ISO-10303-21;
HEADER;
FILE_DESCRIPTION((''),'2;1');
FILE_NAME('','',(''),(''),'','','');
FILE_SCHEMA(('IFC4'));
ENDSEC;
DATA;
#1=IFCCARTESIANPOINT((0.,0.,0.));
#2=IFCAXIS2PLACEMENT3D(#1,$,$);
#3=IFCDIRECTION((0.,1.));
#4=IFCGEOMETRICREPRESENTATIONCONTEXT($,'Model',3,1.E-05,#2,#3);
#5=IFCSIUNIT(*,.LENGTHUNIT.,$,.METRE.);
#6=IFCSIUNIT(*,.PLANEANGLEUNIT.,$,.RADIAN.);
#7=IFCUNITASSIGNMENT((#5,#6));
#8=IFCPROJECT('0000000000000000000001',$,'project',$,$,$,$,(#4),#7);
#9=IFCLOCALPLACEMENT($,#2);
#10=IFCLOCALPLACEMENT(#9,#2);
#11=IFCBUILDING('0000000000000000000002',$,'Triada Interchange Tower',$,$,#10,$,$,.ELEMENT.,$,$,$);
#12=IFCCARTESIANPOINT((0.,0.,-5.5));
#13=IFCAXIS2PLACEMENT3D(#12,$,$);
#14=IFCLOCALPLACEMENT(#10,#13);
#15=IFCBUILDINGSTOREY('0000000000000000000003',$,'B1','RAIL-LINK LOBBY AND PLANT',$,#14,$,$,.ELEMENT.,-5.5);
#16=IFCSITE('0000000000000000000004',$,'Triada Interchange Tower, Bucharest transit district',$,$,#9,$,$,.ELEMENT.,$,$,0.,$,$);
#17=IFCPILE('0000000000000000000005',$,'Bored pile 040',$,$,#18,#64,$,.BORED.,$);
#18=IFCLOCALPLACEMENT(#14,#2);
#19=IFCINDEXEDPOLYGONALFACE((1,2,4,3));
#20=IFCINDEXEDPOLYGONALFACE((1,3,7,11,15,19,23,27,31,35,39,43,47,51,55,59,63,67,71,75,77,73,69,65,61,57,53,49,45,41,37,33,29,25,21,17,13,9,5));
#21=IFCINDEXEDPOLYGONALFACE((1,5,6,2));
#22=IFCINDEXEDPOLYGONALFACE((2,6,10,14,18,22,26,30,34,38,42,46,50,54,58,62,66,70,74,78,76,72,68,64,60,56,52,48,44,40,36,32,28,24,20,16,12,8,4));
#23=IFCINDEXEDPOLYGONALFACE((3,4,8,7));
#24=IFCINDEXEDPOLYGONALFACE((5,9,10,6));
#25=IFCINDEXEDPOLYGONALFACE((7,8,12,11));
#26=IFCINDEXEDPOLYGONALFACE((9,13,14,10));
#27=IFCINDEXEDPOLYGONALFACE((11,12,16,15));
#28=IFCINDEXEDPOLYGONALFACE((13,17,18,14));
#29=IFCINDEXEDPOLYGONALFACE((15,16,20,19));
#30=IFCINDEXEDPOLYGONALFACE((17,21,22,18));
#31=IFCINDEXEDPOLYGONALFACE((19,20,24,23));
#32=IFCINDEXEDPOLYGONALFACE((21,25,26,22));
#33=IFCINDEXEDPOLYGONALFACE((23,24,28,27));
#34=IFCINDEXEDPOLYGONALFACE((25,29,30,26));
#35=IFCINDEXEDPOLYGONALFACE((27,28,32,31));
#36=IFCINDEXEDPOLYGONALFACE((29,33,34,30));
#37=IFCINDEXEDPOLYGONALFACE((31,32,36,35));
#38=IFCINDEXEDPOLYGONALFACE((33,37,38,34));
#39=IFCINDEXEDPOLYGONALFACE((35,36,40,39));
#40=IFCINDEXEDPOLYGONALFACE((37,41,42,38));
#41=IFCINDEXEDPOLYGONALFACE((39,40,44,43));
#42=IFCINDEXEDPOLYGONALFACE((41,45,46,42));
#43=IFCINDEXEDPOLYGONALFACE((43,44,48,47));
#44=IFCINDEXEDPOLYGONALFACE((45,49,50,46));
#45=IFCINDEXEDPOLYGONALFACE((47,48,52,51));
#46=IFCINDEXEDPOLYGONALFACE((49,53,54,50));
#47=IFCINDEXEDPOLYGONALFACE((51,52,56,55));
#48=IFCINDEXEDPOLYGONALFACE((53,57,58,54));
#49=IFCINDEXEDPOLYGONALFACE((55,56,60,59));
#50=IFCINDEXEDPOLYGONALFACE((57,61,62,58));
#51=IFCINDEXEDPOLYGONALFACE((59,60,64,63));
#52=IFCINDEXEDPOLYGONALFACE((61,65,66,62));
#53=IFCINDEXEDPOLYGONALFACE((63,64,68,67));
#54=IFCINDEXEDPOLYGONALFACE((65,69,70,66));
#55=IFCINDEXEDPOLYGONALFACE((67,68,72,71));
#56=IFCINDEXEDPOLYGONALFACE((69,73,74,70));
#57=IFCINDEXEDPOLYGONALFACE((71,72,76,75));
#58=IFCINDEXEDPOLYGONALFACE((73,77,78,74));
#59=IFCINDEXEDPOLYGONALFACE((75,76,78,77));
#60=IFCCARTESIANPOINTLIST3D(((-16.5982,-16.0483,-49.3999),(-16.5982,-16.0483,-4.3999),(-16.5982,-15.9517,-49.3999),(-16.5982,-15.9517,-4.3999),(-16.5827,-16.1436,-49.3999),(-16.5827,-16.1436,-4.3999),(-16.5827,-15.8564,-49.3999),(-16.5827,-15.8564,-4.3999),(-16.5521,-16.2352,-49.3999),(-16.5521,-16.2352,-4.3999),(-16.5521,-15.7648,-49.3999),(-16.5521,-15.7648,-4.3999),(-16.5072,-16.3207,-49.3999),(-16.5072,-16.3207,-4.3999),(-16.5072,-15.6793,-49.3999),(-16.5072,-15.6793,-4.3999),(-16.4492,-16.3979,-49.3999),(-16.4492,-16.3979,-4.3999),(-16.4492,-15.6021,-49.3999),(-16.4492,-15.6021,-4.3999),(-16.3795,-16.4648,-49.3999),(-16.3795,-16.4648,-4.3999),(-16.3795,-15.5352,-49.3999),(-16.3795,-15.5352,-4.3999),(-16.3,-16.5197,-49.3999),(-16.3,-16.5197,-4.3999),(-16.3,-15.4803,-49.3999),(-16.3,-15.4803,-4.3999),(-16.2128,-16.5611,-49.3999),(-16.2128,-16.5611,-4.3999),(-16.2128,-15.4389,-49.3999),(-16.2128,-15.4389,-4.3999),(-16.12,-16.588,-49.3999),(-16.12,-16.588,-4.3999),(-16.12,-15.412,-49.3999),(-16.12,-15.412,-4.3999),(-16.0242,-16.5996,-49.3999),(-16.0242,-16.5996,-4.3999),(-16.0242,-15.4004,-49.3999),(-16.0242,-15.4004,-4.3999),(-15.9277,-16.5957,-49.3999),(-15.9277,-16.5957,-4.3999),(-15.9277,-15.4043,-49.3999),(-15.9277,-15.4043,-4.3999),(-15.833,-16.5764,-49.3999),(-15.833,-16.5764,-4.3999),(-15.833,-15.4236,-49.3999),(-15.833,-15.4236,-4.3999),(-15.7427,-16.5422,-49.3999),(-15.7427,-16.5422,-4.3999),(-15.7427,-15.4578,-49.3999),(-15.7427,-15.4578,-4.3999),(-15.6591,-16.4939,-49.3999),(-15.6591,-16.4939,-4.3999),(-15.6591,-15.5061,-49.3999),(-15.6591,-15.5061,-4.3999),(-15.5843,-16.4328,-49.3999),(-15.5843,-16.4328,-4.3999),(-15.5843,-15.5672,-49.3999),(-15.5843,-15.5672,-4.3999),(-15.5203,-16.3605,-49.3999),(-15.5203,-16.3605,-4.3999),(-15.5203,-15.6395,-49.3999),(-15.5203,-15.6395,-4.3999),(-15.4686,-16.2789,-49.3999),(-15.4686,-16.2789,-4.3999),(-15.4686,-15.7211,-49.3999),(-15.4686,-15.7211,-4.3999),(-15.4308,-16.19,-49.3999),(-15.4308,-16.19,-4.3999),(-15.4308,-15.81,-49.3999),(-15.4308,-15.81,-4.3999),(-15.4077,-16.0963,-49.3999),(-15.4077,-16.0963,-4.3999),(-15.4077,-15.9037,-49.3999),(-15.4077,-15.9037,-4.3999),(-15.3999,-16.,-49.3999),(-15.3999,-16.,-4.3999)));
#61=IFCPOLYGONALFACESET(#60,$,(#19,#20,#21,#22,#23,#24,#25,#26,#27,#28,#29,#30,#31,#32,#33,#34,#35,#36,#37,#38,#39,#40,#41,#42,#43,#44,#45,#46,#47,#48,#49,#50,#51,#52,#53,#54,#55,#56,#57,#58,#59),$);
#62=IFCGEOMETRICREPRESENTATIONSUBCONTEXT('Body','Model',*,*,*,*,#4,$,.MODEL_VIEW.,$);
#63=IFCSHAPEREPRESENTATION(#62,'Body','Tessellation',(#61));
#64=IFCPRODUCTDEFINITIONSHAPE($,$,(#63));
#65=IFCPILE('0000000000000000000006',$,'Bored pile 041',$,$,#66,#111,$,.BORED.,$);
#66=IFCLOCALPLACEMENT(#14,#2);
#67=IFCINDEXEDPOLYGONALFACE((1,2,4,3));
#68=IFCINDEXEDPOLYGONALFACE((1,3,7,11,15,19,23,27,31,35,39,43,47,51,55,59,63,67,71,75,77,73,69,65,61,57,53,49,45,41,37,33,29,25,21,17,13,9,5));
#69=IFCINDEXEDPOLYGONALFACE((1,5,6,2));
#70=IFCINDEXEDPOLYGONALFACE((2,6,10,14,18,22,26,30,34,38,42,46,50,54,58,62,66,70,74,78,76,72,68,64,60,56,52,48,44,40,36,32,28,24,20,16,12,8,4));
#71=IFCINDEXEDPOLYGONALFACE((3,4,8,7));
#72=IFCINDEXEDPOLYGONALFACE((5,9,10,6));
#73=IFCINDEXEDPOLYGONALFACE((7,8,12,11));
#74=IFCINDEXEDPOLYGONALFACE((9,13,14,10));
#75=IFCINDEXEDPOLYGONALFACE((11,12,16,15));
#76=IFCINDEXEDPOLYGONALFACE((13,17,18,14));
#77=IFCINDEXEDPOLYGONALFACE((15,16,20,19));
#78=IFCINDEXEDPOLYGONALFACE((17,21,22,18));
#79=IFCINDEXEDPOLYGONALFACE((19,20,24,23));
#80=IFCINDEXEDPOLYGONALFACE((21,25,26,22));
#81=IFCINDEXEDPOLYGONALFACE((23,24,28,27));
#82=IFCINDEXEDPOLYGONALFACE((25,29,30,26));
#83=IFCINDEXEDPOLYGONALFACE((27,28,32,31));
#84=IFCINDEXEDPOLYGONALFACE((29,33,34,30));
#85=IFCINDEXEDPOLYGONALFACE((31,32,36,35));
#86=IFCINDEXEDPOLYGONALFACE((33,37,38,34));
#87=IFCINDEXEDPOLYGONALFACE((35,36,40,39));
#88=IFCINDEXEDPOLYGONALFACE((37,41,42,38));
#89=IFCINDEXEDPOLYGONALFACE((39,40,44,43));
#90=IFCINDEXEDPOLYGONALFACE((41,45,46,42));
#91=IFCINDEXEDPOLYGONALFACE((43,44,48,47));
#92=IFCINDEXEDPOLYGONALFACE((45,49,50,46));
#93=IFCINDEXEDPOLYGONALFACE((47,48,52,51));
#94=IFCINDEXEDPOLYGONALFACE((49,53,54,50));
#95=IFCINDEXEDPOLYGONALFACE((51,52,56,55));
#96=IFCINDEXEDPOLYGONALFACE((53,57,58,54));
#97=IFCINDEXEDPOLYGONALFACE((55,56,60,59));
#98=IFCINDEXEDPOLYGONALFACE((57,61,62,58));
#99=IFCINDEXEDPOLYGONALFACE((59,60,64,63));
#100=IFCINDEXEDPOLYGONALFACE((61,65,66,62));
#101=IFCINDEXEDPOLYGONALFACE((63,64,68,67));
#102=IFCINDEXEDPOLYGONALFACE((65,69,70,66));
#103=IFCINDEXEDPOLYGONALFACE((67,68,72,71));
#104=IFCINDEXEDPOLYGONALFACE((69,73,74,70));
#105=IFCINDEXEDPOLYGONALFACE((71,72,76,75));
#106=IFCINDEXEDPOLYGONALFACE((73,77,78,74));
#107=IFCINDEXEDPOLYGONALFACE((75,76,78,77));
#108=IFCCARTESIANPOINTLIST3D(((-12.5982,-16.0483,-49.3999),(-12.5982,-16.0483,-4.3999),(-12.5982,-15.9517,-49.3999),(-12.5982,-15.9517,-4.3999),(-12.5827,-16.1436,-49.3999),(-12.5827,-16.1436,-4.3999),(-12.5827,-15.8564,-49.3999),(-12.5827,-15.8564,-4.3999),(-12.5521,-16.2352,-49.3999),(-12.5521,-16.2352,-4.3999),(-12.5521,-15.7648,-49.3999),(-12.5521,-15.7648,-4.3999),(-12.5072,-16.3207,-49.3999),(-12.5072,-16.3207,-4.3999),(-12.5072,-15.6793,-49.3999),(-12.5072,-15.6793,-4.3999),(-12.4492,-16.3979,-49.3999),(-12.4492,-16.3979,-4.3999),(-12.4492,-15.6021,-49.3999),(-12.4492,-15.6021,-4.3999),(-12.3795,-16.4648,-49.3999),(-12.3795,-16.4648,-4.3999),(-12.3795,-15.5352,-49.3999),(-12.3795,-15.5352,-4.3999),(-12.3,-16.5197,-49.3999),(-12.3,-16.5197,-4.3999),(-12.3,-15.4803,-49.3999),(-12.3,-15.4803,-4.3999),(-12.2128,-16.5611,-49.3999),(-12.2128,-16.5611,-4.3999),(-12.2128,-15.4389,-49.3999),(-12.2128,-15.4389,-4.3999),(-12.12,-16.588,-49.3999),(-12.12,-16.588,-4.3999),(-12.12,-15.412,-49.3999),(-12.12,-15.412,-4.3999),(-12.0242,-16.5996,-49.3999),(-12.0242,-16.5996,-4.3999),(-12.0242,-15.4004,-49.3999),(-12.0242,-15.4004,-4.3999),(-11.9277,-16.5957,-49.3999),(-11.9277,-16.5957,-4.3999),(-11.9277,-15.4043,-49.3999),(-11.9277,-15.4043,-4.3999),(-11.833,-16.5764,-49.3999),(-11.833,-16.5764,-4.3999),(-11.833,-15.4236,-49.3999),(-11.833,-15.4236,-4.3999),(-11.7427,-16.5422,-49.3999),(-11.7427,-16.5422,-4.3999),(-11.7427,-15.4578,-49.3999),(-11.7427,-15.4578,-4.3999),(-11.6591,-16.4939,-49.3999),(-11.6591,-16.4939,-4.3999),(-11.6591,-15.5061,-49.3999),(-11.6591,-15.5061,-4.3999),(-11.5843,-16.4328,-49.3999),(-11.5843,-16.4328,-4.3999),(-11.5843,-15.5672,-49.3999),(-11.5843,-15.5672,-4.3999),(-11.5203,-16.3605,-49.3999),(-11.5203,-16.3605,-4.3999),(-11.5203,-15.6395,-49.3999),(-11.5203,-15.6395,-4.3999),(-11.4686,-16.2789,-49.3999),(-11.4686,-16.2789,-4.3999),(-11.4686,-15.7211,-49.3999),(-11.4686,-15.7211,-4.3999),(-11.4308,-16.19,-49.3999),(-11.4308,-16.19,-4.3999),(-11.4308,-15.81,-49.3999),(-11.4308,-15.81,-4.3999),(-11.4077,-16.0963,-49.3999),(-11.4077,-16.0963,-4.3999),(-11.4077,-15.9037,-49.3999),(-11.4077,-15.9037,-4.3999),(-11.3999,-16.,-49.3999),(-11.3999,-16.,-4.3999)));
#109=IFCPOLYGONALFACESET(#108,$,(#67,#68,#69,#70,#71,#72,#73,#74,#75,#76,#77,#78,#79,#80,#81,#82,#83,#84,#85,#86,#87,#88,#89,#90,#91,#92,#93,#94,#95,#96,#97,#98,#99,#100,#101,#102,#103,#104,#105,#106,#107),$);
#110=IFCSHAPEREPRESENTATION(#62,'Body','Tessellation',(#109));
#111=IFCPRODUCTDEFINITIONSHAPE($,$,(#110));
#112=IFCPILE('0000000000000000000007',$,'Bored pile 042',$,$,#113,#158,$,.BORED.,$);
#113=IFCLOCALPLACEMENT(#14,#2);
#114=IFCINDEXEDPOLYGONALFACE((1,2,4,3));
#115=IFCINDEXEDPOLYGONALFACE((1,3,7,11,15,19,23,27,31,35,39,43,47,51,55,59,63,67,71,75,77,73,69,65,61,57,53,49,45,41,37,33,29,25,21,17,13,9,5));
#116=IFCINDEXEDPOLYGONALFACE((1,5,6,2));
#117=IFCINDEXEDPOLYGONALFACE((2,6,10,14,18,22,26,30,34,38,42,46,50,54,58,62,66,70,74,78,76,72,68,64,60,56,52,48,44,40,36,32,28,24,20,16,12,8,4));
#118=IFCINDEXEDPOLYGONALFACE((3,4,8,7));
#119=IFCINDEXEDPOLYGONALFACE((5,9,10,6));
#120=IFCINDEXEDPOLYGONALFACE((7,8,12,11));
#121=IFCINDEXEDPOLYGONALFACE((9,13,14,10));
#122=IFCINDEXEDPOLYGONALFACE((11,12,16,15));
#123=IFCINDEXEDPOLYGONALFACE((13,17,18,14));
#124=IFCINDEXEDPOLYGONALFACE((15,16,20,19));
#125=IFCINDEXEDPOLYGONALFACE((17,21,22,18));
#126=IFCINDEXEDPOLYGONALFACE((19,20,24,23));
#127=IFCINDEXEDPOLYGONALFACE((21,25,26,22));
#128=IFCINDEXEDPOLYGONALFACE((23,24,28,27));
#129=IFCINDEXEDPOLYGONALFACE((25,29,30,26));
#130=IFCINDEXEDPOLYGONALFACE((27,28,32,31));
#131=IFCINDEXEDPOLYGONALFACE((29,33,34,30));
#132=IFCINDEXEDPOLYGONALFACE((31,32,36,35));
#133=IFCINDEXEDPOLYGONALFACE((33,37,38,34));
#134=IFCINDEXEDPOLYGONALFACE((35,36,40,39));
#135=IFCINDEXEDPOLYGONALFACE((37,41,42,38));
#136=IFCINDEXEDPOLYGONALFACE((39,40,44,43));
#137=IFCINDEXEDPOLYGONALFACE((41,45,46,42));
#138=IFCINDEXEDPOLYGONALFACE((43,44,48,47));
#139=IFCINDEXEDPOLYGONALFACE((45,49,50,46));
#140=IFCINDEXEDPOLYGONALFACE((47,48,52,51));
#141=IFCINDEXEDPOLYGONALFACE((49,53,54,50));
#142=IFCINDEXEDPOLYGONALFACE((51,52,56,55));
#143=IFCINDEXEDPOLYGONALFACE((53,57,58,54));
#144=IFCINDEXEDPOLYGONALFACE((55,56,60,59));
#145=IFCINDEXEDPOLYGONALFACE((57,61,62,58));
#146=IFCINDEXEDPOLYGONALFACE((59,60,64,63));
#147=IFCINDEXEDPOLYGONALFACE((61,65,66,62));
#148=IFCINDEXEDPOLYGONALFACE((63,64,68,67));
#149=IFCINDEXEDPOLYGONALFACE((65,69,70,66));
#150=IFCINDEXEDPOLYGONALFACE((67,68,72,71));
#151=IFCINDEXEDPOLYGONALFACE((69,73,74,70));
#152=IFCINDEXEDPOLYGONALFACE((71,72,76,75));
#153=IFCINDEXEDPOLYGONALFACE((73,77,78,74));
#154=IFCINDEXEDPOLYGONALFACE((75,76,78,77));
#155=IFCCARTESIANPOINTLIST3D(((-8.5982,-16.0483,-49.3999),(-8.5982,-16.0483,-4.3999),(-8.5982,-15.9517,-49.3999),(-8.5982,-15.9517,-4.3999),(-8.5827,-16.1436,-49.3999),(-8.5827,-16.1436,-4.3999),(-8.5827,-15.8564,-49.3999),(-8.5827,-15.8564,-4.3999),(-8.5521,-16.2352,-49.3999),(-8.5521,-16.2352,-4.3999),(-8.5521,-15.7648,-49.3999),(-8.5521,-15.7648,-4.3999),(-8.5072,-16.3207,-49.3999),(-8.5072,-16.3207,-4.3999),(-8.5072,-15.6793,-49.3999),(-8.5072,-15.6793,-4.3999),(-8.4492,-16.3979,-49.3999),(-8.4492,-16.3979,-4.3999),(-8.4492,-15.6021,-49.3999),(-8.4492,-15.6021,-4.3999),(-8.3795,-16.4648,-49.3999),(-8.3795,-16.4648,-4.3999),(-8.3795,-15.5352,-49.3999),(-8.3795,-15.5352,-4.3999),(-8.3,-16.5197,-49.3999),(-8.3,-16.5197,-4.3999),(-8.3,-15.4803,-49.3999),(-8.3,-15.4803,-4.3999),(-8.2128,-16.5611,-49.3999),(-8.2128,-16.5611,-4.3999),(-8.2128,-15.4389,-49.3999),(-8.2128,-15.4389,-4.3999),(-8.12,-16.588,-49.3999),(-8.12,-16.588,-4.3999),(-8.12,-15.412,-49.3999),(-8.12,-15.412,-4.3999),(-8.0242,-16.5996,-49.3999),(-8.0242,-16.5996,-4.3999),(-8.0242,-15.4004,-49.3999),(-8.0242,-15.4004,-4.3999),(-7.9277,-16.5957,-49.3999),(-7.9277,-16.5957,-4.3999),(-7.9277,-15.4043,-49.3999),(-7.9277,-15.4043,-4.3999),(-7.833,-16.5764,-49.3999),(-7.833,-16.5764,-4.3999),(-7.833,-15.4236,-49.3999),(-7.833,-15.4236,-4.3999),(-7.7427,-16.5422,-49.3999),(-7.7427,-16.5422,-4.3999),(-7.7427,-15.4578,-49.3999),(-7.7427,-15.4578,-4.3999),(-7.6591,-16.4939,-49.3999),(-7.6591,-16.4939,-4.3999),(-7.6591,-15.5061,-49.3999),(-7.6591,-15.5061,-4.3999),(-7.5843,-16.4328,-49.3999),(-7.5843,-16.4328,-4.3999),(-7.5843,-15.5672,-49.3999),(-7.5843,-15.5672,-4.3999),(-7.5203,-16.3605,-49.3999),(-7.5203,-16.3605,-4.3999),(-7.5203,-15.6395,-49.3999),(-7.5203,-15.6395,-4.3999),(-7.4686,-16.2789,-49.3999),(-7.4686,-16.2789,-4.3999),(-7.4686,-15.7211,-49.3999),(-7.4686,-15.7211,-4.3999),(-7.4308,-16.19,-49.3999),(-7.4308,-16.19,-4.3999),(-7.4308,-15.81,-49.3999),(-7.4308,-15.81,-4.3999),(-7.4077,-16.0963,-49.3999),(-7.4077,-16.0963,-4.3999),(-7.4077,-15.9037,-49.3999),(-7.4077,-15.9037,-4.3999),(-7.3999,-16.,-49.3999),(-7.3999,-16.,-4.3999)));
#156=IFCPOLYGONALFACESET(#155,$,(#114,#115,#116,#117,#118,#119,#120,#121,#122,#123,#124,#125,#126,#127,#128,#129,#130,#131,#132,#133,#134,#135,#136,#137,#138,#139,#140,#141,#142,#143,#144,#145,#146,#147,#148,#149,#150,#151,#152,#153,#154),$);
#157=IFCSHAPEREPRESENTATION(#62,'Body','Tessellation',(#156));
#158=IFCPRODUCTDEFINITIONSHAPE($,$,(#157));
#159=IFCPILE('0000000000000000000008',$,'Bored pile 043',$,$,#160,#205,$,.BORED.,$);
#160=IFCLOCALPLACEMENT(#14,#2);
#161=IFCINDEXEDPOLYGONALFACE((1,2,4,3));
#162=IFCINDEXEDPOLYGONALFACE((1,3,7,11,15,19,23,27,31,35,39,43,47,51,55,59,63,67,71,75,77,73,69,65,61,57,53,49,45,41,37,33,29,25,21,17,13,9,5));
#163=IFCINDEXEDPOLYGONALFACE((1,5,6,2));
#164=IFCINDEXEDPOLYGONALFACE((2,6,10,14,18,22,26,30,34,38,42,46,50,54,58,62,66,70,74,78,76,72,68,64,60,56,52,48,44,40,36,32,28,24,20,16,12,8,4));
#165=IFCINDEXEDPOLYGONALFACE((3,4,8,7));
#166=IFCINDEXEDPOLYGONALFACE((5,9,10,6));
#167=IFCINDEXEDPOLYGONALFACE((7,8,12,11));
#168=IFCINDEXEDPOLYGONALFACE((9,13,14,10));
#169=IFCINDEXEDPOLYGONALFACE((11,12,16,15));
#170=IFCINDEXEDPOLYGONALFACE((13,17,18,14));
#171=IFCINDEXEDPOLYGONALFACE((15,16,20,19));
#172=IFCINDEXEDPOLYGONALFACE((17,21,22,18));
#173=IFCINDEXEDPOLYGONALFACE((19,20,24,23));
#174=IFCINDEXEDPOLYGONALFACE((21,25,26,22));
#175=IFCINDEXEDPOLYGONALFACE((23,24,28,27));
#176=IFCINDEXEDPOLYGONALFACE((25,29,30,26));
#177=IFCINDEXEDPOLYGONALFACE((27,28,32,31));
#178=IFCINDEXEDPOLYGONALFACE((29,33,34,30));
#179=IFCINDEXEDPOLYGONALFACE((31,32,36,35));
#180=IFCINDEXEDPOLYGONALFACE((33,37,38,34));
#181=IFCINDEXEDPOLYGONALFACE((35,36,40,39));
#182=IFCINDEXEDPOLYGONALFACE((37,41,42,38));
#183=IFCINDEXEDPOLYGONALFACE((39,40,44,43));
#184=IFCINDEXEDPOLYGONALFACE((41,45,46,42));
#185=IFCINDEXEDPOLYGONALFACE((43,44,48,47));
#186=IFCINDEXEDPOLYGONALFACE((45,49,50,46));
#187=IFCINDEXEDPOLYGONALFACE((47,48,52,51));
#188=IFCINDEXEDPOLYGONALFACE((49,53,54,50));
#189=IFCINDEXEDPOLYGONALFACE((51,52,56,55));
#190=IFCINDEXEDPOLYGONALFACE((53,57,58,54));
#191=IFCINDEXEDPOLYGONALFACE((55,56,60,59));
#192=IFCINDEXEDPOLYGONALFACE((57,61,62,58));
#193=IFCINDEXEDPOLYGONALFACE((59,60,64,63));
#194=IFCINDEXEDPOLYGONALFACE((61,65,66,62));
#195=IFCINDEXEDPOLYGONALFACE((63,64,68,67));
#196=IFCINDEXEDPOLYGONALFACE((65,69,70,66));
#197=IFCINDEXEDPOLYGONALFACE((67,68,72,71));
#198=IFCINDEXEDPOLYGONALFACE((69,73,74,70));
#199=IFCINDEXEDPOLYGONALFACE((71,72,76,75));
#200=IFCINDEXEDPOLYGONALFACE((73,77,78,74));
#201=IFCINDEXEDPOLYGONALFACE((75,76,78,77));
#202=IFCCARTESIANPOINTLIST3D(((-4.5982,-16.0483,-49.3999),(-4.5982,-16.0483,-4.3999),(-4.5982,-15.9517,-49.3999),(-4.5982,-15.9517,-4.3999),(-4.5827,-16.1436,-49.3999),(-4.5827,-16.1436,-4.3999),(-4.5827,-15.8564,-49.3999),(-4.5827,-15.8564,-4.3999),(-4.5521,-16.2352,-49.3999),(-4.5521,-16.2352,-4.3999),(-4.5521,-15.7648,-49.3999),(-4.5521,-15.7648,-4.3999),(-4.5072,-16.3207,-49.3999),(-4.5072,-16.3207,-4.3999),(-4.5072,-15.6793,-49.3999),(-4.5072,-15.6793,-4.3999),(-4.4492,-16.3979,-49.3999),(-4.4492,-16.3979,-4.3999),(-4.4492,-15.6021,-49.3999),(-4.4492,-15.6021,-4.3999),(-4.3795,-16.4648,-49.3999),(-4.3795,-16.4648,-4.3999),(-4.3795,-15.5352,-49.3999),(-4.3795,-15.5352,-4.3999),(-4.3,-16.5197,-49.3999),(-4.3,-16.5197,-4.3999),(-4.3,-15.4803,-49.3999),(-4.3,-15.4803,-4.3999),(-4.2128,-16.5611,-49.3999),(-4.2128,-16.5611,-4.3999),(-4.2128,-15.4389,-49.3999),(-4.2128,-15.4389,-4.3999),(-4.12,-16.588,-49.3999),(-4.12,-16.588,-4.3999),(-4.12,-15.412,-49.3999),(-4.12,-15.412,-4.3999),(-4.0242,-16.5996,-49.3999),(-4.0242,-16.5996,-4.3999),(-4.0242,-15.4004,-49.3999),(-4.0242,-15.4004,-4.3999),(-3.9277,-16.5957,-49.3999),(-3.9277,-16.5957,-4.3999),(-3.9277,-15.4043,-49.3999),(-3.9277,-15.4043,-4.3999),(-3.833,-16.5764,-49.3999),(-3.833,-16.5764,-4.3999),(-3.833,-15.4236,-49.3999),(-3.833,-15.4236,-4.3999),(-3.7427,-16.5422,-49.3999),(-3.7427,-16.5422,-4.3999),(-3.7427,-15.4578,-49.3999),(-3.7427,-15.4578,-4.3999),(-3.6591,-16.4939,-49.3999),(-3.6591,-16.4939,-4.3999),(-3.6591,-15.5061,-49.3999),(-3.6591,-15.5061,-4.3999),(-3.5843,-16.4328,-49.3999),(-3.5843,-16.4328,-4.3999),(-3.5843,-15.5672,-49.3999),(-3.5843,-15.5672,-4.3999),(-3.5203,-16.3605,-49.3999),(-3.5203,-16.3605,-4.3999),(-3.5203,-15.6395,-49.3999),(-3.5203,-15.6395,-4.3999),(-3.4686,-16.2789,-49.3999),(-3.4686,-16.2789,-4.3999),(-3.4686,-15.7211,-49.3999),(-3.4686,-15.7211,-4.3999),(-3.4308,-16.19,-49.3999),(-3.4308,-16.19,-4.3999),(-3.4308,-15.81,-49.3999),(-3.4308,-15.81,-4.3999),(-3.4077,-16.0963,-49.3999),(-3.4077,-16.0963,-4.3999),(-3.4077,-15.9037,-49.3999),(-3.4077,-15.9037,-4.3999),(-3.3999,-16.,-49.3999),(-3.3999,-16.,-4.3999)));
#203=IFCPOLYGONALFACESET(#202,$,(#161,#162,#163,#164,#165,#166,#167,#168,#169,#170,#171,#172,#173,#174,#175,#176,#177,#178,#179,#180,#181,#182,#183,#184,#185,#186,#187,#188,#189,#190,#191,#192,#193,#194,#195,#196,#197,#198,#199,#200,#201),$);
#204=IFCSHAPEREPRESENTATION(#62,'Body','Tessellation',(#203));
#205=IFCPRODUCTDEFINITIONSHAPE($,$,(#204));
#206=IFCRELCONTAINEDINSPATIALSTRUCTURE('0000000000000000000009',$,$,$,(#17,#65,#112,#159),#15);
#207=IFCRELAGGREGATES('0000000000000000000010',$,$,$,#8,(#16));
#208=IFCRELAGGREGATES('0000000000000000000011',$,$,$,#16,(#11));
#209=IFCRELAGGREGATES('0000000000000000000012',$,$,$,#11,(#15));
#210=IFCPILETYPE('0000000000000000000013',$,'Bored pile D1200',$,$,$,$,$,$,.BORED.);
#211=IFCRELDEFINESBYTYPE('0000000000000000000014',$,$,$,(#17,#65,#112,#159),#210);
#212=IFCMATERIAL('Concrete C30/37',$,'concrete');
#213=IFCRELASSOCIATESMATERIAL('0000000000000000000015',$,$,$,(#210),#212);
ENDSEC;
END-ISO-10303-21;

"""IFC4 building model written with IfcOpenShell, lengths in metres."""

from ifc_helpers import new_model, si_unit, direction, frame, origin, origin_2d, place, context, subcontext, project, spatial, circle, extrude, material, material_profile, profile_set, type_object, element, save


model = new_model("IFC4")

# Units and contexts
model_context = context("Model", 3, precision=1e-05, world=origin(), true_north=direction((0.0, 1.0)))
body_context = subcontext(model_context, "Body", "Model", "MODEL_VIEW")
ifc_project = project(units=[si_unit("LENGTHUNIT", "METRE"), si_unit("PLANEANGLEUNIT", "RADIAN")], contexts=[model_context])

# Site, building, storey
site_placement = place(None, origin())
site = spatial("IfcSite", under=ifc_project, at=site_placement, Name="Triada Interchange Tower, Bucharest transit district", CompositionType="ELEMENT", RefElevation=0.0)
building_placement = place(site_placement, origin())
building = spatial("IfcBuilding", under=site, at=building_placement, Name="Triada Interchange Tower", CompositionType="ELEMENT")
storey_placement = place(building_placement, frame((0.0, 0.0, -5.5)))
storey = spatial("IfcBuildingStorey", under=building, at=storey_placement, Name="B1", Description="RAIL-LINK LOBBY AND PLANT", CompositionType="ELEMENT", Elevation=-5.5)

# Piles
ifc_material_1 = material(Name="Concrete C30/37", Category="concrete")
ifc_material_profile_1 = material_profile(ifc_material_1, circle(Radius=0.6001, at=origin_2d()), Name="RC D1200")
ifc_profile_set_1 = profile_set([ifc_material_profile_1], Name="Concrete C30/37")
pile_type = type_object("IfcPileType", Name="Bored pile D1200", PredefinedType="BORED", material=ifc_profile_set_1)
for number, where, z_axis, x_axis, name in (
    (1, (-16.0, -16.0, -4.3999), (0.0, 0.0, -1.0), (1.0, 0.0, 0.0), "Bored pile 040"),
    (2, (-12.0, -16.0, -4.3999), (0.0, 0.0, -1.0), (1.0, 0.0, 0.0), "Bored pile 041"),
    (3, (-8.0, -16.0, -4.3999), (0.0, 0.0, -1.0), (1.0, 0.0, 0.0), "Bored pile 042"),
    (4, (-4.0, -16.0, -4.3999), (0.0, 0.0, -1.0), (1.0, 0.0, 0.0), "Bored pile 043"),
):
    element("IfcPile", number, at=place(storey_placement, frame(where, z_axis=z_axis, x_axis=x_axis)), inside=storey, type_object=pile_type, Name=name, PredefinedType="BORED", context=body_context, shape_type="SweptSolid", body=[
        extrude(circle(Radius=0.6001, at=origin_2d()), origin(), (0.0, 0.0, 1.0), 45.0),
    ])

save(model, "model.ifc")
